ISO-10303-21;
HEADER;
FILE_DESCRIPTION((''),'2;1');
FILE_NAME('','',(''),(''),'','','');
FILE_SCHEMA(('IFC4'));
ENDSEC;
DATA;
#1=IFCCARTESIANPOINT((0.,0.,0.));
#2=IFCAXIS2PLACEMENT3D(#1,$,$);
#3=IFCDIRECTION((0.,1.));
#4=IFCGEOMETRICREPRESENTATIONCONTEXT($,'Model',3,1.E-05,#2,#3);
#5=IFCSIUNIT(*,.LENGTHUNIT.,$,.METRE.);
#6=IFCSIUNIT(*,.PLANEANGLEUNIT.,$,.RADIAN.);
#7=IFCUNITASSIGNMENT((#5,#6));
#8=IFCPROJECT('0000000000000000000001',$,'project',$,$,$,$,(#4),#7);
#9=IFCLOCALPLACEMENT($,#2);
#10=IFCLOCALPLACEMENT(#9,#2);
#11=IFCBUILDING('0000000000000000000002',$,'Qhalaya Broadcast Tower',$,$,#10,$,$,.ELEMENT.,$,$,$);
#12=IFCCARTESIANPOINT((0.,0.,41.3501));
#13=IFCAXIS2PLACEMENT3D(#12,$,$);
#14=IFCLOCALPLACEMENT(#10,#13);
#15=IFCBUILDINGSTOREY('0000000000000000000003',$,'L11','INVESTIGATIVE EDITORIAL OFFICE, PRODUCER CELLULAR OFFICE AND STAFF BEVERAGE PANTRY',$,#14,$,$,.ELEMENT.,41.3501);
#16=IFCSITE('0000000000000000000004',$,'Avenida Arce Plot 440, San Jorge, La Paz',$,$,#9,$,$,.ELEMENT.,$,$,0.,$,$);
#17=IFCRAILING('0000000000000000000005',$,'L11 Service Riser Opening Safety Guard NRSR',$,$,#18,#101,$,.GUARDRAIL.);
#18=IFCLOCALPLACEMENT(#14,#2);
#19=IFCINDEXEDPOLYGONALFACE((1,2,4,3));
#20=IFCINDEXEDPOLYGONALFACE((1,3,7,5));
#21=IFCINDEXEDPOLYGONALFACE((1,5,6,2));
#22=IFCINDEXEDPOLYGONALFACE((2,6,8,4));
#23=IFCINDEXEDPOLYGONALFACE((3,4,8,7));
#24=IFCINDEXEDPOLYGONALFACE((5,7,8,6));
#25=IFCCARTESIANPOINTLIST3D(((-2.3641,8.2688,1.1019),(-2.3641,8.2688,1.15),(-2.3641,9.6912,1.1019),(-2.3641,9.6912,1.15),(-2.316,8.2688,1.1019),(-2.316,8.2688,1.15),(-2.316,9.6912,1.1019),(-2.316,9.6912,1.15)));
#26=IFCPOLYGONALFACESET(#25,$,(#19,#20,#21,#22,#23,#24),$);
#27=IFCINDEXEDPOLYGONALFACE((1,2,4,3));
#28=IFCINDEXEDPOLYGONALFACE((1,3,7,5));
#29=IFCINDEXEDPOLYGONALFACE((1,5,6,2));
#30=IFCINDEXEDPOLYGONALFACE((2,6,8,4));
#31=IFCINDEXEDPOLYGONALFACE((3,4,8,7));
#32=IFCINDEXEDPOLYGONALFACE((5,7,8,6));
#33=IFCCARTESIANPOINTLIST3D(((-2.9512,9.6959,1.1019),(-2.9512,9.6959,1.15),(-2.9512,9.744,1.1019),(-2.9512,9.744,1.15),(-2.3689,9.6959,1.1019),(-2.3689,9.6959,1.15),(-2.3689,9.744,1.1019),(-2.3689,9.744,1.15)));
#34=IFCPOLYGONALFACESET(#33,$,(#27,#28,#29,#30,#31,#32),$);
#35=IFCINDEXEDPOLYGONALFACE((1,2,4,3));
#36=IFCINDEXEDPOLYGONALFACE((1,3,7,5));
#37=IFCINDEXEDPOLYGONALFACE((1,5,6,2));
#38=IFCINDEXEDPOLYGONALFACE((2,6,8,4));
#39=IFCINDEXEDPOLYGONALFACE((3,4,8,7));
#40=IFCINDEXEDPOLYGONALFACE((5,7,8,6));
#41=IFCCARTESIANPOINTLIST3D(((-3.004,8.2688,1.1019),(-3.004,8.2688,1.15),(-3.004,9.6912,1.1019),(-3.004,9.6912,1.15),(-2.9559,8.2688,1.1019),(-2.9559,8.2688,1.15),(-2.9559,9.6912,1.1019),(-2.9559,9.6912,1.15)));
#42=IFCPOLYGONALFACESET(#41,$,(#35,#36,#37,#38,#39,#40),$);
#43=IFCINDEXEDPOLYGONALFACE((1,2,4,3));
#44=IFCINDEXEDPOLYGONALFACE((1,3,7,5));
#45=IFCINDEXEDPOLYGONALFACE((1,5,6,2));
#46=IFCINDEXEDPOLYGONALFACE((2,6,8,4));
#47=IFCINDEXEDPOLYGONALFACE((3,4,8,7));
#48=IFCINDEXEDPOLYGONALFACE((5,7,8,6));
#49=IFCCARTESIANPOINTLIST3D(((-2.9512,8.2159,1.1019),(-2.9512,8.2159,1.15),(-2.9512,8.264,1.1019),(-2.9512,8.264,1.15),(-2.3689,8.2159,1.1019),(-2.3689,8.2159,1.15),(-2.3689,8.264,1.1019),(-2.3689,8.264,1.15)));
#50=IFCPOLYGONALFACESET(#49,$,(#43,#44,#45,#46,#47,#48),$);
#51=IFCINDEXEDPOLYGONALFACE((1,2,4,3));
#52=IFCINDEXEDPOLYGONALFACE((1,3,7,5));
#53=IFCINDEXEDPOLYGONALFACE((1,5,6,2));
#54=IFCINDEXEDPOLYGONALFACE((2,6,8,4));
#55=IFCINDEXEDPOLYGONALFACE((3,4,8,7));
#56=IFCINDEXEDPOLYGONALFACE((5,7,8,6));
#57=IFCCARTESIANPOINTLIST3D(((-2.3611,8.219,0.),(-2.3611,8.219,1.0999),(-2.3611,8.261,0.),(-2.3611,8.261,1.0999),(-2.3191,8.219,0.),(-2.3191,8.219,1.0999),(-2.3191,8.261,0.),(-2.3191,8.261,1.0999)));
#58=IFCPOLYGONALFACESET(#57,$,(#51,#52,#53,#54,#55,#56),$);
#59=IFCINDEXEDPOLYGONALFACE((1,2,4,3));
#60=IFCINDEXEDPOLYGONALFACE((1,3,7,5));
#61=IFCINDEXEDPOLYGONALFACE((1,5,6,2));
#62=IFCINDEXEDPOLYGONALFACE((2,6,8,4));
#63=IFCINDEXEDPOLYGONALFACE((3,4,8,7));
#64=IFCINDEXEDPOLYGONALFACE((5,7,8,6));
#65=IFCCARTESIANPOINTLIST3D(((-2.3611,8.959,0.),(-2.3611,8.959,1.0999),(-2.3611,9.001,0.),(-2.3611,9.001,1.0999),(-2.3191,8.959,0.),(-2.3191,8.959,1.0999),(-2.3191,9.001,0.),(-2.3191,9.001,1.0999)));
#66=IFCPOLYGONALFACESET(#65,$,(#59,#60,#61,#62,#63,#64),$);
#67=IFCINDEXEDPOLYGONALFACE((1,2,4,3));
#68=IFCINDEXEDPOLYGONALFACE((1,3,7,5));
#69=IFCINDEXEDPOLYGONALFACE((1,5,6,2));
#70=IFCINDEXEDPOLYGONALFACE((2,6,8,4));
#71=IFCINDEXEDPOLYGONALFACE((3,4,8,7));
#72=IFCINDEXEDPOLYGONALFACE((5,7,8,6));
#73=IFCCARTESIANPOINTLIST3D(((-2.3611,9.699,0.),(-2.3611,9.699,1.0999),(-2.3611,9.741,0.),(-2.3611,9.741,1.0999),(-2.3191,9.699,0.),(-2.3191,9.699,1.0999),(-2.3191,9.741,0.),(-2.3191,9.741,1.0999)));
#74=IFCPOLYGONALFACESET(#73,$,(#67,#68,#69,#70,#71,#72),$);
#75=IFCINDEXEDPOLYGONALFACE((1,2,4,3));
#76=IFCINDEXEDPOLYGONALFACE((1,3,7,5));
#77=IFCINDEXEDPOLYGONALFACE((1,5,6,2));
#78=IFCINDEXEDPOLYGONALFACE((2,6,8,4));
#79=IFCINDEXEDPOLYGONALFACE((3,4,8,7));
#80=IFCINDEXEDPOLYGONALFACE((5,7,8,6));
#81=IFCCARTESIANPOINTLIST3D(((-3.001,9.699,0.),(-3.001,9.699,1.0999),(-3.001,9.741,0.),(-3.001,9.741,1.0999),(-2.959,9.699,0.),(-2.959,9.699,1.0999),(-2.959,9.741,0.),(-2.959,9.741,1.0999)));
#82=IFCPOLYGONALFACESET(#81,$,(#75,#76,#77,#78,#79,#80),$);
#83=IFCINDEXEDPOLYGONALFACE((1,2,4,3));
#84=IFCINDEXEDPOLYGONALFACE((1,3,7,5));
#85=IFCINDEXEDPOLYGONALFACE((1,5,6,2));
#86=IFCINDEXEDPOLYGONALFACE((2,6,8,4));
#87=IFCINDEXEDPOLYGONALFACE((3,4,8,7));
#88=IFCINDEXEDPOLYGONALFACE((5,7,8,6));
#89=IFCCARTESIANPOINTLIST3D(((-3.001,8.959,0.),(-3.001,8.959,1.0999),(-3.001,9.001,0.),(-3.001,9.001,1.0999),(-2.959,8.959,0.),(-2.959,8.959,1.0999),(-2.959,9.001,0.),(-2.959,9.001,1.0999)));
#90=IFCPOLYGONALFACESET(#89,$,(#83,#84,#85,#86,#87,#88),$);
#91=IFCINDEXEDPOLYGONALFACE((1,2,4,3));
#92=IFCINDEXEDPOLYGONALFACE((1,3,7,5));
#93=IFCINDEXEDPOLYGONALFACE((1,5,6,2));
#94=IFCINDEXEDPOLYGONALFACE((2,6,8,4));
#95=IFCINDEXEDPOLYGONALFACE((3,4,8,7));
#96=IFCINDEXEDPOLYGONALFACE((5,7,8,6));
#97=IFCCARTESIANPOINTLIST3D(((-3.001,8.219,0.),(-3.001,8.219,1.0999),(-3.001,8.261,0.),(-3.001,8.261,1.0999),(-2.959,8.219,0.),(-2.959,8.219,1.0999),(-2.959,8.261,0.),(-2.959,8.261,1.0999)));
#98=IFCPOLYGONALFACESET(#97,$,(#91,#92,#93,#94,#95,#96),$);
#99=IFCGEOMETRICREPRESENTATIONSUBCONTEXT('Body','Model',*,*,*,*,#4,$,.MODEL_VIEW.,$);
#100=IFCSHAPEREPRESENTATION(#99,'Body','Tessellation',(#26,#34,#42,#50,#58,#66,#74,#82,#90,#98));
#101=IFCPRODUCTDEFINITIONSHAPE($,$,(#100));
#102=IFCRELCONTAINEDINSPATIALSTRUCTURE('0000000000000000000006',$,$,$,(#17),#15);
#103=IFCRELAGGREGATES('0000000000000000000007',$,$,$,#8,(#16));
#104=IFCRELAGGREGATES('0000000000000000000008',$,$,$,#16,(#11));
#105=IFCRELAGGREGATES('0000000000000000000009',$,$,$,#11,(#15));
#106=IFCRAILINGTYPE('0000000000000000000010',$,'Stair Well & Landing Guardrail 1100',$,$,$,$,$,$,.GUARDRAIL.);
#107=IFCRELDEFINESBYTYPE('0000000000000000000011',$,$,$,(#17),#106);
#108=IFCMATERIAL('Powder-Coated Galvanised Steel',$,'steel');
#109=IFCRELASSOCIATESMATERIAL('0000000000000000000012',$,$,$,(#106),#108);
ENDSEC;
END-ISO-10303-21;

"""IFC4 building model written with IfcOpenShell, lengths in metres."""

from ifc_helpers import new_model, si_unit, direction, frame, origin, origin_2d, place, context, subcontext, project, spatial, rectangle, extrude, material, type_object, element, save


model = new_model("IFC4")

# Units and contexts
model_context = context("Model", 3, precision=1e-05, world=origin(), true_north=direction((0.0, 1.0)))
body_context = subcontext(model_context, "Body", "Model", "MODEL_VIEW")
ifc_project = project(units=[si_unit("LENGTHUNIT", "METRE"), si_unit("PLANEANGLEUNIT", "RADIAN")], contexts=[model_context])

# Site, building, storey
site_placement = place(None, origin())
site = spatial("IfcSite", under=ifc_project, at=site_placement, Name="Avenida Arce Plot 440, San Jorge, La Paz", CompositionType="ELEMENT", RefElevation=0.0)
building_placement = place(site_placement, origin())
building = spatial("IfcBuilding", under=site, at=building_placement, Name="Qhalaya Broadcast Tower", CompositionType="ELEMENT")
storey_placement = place(building_placement, frame((0.0, 0.0, 41.3501)))
storey = spatial("IfcBuildingStorey", under=building, at=storey_placement, Name="L11", Description="INVESTIGATIVE EDITORIAL OFFICE, PRODUCER CELLULAR OFFICE AND STAFF BEVERAGE PANTRY", CompositionType="ELEMENT", Elevation=41.3501)

# Railing
ifc_material_1 = material(Name="Powder-Coated Galvanised Steel", Category="steel")
railing_type = type_object("IfcRailingType", Name="Stair Well & Landing Guardrail 1100", PredefinedType="GUARDRAIL", material=ifc_material_1)
railing_placement = place(storey_placement, frame((-2.3401, 8.24, 0.0)))
element("IfcRailing", 1, at=railing_placement, inside=storey, type_object=railing_type, Name="L11 Service Riser Opening Safety Guard NRSR", PredefinedType="GUARDRAIL", context=body_context, shape_type="SweptSolid", body=[
    extrude(rectangle(XDim=0.0481, YDim=0.0481, at=origin_2d()), frame((0.0, 0.0288, 1.126), z_axis=(0.0, 1.0, 0.0), x_axis=(-1.0, 0.0, 0.0)), (0.0, 0.0, 1.0), 1.4224),
    extrude(rectangle(XDim=0.0481, YDim=0.0481, at=origin_2d()), frame((-0.0288, 1.48, 1.126), z_axis=(-1.0, 0.0, 0.0), x_axis=(0.0, -1.0, 0.0)), (0.0, 0.0, 1.0), 0.5823),
    extrude(rectangle(XDim=0.0481, YDim=0.0481, at=origin_2d()), frame((-0.6399, 1.4512, 1.126), z_axis=(0.0, -1.0, 0.0), x_axis=(1.0, 0.0, 0.0)), (0.0, 0.0, 1.0), 1.4224),
    extrude(rectangle(XDim=0.0481, YDim=0.0481, at=origin_2d()), frame((-0.6111, 0.0, 1.126), z_axis=(1.0, 0.0, 0.0), x_axis=(0.0, 1.0, 0.0)), (0.0, 0.0, 1.0), 0.5823),
    extrude(rectangle(XDim=0.042, YDim=0.042, at=origin_2d()), origin(), (0.0, 0.0, 1.0), 1.0999),
    extrude(rectangle(XDim=0.042, YDim=0.042, at=origin_2d()), frame((0.0, 0.74, 0.0)), (0.0, 0.0, 1.0), 1.0999),
    extrude(rectangle(XDim=0.042, YDim=0.042, at=origin_2d()), frame((0.0, 1.48, 0.0)), (0.0, 0.0, 1.0), 1.0999),
    extrude(rectangle(XDim=0.042, YDim=0.042, at=origin_2d()), frame((-0.6399, 1.48, 0.0)), (0.0, 0.0, 1.0), 1.0999),
    extrude(rectangle(XDim=0.042, YDim=0.042, at=origin_2d()), frame((-0.6399, 0.74, 0.0)), (0.0, 0.0, 1.0), 1.0999),
    extrude(rectangle(XDim=0.042, YDim=0.042, at=origin_2d()), frame((-0.6399, 0.0, 0.0)), (0.0, 0.0, 1.0), 1.0999),
])

save(model, "model.ifc")
